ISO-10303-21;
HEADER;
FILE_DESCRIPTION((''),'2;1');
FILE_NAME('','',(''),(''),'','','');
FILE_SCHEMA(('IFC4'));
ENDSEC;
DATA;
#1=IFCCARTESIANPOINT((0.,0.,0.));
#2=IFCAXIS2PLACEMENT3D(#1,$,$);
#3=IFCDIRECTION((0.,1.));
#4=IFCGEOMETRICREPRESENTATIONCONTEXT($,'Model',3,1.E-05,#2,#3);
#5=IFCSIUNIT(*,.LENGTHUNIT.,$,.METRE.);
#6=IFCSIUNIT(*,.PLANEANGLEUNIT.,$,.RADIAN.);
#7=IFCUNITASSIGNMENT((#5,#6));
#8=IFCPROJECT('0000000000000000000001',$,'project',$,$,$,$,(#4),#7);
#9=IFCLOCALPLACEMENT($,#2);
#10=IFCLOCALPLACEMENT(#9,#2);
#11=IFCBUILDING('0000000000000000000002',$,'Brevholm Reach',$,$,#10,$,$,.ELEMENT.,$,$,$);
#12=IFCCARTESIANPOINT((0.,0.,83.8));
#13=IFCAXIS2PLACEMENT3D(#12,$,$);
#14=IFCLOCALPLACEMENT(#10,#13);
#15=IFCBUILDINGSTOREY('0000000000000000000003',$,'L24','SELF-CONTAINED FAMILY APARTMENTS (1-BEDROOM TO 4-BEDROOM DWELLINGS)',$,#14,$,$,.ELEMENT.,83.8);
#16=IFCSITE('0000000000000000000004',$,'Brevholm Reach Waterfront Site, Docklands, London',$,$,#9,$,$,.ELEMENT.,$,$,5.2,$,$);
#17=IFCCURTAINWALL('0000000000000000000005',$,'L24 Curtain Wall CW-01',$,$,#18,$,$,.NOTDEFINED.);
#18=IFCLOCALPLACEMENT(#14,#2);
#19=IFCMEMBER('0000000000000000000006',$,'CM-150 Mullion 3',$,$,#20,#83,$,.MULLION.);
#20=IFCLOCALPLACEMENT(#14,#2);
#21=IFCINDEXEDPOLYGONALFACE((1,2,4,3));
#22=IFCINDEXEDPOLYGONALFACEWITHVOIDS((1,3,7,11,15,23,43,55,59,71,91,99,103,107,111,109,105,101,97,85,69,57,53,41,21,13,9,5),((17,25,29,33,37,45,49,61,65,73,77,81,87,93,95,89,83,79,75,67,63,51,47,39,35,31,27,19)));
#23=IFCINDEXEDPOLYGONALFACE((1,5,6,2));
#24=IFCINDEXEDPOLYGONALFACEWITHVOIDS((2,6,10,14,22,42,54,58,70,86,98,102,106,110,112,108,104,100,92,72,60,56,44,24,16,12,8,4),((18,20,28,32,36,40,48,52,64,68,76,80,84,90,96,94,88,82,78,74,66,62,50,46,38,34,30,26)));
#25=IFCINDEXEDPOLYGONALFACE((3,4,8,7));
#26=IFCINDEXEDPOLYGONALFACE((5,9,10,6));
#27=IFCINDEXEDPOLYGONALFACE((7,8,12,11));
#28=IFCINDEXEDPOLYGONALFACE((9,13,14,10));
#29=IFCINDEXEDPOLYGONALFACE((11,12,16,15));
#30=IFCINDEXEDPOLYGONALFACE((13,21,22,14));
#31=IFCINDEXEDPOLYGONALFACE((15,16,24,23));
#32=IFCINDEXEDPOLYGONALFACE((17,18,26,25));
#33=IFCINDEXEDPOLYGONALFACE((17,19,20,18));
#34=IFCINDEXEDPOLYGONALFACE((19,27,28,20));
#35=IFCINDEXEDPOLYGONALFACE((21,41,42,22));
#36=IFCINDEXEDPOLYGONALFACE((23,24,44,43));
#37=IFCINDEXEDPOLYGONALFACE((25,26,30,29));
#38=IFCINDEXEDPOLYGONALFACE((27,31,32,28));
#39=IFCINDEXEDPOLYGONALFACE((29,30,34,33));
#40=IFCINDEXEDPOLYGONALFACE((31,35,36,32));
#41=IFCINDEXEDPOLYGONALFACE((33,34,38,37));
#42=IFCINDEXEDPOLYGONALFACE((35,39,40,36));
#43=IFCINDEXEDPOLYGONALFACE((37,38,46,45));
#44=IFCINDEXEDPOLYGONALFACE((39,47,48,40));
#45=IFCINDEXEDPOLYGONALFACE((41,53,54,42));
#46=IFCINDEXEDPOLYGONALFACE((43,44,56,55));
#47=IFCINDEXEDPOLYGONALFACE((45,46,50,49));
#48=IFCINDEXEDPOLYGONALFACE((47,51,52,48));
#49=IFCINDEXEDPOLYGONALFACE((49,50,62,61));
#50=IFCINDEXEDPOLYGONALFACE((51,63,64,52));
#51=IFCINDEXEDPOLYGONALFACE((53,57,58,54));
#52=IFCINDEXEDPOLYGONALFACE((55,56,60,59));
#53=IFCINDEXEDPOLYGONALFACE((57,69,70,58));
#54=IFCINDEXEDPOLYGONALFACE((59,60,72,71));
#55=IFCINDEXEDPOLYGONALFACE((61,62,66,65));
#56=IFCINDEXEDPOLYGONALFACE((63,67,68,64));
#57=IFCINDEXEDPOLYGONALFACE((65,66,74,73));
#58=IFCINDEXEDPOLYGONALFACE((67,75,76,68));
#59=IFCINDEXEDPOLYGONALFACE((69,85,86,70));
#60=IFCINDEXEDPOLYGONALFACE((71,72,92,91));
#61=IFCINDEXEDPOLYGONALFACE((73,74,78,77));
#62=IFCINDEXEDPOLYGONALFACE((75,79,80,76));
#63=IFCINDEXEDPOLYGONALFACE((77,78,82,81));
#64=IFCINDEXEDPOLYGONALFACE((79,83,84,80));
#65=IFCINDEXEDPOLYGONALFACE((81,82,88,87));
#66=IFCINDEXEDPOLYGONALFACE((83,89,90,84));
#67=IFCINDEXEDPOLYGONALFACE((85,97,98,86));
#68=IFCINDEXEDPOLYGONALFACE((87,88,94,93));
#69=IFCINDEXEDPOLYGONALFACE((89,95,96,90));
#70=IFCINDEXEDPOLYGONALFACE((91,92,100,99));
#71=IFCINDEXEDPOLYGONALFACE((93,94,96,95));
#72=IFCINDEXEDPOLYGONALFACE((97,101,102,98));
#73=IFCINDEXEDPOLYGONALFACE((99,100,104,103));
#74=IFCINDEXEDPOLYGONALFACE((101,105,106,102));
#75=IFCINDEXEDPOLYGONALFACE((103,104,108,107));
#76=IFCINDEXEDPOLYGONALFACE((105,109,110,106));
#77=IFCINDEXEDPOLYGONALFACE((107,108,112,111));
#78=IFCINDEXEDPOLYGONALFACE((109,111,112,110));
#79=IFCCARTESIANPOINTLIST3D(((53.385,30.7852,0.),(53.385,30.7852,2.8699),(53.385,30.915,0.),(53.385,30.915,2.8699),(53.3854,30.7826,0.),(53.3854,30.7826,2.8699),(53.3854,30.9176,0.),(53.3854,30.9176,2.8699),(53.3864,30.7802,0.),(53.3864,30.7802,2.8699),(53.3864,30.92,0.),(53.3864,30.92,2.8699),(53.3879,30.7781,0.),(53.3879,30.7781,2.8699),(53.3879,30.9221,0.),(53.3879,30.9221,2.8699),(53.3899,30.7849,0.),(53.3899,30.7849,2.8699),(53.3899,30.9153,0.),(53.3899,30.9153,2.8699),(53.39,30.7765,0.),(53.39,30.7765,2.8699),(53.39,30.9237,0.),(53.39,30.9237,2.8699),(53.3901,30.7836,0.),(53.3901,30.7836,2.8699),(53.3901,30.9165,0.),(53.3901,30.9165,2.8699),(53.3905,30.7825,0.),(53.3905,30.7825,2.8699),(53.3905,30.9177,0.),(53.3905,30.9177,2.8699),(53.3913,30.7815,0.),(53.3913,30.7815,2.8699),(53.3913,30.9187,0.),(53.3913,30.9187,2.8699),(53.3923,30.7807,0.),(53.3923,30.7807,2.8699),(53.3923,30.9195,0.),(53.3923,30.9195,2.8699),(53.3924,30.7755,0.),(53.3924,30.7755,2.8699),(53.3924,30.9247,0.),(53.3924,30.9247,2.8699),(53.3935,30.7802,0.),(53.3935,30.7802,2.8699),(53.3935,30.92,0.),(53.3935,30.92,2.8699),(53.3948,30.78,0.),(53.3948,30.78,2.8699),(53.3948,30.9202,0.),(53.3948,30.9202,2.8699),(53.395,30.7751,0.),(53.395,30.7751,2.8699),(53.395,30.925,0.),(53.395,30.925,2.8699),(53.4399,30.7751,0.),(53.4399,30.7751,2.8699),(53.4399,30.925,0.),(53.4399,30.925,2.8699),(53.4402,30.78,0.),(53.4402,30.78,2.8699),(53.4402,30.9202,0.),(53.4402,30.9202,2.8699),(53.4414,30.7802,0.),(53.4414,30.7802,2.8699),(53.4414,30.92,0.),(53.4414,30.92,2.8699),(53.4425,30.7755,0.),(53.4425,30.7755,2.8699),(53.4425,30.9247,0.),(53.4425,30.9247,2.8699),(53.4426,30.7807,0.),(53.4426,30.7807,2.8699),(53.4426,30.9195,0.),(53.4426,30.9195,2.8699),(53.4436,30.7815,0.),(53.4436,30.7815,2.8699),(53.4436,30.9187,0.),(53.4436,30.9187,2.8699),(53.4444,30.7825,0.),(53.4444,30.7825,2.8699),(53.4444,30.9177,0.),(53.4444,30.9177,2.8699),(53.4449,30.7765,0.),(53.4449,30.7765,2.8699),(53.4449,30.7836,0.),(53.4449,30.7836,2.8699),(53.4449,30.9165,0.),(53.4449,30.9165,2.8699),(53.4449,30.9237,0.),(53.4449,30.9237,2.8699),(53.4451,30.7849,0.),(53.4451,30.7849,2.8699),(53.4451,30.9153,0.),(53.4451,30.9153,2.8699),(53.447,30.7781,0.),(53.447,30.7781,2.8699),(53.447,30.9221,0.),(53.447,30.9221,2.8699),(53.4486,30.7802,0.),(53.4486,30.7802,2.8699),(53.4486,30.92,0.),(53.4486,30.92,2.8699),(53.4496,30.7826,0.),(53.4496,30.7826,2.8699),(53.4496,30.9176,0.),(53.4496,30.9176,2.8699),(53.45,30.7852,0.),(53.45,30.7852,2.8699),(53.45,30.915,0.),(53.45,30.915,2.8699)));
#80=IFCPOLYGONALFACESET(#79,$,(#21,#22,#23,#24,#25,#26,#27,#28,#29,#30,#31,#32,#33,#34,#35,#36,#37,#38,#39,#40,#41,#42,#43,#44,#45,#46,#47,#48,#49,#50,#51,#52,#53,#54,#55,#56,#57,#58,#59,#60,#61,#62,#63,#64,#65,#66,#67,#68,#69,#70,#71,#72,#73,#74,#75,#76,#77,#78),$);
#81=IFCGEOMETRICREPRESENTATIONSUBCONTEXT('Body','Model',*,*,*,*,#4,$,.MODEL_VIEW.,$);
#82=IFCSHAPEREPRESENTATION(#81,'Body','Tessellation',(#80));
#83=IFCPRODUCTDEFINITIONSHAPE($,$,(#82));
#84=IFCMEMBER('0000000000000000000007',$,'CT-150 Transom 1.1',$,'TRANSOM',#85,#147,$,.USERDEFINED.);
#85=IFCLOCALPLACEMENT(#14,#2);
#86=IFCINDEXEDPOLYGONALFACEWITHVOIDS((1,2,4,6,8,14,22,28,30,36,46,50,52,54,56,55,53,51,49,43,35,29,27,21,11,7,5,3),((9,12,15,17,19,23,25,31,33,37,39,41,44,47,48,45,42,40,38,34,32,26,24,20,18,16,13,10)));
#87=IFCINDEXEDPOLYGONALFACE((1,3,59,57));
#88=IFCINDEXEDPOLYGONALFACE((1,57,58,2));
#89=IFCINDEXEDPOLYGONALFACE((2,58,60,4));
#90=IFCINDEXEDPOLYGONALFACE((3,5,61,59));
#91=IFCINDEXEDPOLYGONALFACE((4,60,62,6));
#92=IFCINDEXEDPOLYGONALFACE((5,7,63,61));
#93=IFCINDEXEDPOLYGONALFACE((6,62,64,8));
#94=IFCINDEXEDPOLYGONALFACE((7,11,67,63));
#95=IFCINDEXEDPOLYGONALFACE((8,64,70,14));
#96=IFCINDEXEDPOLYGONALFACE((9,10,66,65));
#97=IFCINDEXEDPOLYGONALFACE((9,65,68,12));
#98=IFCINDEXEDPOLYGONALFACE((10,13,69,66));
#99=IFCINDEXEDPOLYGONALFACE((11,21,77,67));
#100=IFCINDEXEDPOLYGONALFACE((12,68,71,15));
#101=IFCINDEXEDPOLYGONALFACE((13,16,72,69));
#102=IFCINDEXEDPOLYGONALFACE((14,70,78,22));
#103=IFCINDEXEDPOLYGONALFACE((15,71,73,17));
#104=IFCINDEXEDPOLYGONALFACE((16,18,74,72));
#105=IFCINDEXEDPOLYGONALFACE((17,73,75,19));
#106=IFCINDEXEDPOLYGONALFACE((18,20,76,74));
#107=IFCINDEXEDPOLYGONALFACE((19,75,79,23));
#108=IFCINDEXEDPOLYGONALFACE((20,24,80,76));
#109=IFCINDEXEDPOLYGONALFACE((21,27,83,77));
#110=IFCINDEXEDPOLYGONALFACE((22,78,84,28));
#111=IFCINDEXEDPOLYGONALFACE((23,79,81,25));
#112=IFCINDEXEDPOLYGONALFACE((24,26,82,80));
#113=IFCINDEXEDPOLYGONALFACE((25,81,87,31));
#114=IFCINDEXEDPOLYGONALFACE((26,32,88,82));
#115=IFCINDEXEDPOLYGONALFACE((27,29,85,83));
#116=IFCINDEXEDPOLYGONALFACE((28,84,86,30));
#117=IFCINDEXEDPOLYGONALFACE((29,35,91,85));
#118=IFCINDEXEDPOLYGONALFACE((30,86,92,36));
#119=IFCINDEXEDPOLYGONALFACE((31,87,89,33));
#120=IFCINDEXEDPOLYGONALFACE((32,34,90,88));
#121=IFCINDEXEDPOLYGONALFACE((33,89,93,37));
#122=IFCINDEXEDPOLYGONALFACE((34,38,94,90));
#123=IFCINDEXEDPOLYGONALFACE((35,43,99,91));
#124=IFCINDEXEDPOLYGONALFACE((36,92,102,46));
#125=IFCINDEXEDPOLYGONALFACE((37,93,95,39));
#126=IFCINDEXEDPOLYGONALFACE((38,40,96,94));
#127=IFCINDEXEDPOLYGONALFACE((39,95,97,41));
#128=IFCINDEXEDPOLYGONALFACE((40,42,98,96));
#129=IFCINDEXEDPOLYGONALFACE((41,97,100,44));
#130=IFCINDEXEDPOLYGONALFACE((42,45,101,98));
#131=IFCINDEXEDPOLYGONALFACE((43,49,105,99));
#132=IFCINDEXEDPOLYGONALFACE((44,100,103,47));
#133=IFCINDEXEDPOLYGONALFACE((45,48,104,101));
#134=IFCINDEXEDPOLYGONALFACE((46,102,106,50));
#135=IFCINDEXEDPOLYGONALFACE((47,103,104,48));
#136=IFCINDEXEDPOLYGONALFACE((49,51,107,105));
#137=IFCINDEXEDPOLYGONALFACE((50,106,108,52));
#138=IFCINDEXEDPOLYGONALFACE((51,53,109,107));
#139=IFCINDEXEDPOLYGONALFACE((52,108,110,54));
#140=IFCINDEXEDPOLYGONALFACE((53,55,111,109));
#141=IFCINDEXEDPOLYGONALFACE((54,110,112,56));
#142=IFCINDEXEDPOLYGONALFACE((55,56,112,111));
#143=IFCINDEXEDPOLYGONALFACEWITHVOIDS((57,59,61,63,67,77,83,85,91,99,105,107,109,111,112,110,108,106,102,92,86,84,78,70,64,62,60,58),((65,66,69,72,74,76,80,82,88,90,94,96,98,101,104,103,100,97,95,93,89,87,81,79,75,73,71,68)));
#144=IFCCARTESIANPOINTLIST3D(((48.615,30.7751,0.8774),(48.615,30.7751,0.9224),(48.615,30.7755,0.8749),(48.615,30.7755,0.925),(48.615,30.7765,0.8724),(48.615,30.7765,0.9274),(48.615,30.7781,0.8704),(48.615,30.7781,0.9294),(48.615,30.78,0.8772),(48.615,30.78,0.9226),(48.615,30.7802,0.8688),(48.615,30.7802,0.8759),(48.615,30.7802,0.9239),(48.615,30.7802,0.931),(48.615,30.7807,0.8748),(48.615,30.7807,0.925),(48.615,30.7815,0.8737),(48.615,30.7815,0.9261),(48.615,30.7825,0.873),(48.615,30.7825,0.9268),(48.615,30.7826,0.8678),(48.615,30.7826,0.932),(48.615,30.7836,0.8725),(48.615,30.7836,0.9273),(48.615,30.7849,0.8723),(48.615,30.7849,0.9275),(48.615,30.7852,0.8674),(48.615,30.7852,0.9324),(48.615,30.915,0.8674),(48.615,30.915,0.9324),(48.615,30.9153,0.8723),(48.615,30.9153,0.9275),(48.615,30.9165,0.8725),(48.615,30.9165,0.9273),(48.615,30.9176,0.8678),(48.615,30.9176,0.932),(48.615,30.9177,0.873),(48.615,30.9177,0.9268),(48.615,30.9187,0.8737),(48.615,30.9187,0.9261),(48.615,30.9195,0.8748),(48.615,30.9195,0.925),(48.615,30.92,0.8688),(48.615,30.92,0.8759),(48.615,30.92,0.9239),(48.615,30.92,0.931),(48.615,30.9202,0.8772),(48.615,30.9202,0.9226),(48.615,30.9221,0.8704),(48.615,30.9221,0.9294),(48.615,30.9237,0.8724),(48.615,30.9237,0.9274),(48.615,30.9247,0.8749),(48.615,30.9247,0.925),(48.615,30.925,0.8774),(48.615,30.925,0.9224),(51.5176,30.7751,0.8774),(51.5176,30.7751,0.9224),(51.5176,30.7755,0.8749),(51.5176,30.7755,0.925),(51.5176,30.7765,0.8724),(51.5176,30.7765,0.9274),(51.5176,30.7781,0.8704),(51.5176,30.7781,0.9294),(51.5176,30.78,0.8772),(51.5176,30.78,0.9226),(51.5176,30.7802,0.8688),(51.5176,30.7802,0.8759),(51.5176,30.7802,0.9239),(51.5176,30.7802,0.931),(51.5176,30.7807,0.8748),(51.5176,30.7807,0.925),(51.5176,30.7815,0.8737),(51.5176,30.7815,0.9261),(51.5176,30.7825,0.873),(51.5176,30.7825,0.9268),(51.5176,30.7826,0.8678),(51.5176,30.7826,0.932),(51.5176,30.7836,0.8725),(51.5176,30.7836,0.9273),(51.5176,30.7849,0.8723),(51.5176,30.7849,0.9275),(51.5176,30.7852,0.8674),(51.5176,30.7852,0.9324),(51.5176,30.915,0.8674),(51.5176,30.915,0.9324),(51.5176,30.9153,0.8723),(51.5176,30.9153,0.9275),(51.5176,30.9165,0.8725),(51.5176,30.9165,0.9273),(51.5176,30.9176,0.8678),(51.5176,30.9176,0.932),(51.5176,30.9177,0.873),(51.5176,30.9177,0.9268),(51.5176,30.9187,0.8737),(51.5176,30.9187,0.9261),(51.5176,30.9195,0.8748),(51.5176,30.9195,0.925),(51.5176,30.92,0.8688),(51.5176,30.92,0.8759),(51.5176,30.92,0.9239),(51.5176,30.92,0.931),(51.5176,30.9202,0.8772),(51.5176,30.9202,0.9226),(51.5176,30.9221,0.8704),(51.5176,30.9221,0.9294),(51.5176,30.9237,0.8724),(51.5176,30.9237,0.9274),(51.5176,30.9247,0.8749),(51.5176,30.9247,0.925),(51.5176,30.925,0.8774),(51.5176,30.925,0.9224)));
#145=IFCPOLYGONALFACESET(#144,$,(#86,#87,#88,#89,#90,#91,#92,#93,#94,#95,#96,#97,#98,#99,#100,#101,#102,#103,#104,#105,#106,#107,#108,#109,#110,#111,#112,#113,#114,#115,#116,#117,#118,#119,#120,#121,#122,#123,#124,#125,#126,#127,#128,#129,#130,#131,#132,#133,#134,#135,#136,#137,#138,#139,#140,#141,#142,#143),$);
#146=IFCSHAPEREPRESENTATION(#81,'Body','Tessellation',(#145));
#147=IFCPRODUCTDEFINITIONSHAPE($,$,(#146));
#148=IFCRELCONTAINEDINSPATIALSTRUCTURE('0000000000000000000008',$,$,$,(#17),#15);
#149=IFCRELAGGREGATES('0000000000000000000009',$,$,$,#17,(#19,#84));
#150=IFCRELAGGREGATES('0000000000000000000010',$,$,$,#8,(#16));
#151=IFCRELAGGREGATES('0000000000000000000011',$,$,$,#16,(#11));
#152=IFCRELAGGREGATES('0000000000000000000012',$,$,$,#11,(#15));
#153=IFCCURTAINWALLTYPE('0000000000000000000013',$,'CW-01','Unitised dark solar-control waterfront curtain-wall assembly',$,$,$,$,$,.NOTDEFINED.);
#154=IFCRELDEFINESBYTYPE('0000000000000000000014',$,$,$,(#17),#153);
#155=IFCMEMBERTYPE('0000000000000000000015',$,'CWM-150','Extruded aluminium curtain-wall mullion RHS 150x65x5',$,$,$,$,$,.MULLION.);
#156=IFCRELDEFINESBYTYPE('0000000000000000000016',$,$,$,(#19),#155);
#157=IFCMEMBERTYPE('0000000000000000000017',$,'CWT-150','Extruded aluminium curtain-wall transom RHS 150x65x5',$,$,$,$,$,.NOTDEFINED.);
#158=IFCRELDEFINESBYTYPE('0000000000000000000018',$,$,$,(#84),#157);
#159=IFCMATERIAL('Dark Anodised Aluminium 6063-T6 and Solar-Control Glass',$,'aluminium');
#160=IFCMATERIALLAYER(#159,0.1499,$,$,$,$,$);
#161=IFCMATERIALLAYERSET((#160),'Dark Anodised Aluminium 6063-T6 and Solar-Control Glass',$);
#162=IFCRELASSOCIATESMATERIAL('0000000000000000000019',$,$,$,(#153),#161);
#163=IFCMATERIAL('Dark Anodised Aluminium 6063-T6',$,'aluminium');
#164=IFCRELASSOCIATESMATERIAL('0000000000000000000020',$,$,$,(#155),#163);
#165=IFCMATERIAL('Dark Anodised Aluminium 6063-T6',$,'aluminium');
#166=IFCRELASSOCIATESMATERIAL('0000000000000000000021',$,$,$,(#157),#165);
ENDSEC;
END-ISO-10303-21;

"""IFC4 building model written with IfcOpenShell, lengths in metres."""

from ifc_helpers import new_model, si_unit, direction, frame, origin, origin_2d, place, context, subcontext, project, spatial, hollow_rectangle, extrude, material, layer, layer_set, material_profile, profile_set, type_object, element, aggregate, save


model = new_model("IFC4")

# Units and contexts
model_context = context("Model", 3, precision=1e-05, world=origin(), true_north=direction((0.0, 1.0)))
body_context = subcontext(model_context, "Body", "Model", "MODEL_VIEW")
ifc_project = project(units=[si_unit("LENGTHUNIT", "METRE"), si_unit("PLANEANGLEUNIT", "RADIAN")], contexts=[model_context])

# Site, building, storey
site_placement = place(None, origin())
site = spatial("IfcSite", under=ifc_project, at=site_placement, Name="Brevholm Reach Waterfront Site, Docklands, London", CompositionType="ELEMENT", RefElevation=5.2)
building_placement = place(site_placement, origin())
building = spatial("IfcBuilding", under=site, at=building_placement, Name="Brevholm Reach", CompositionType="ELEMENT")
storey_placement = place(building_placement, frame((0.0, 0.0, 83.8)))
storey = spatial("IfcBuildingStorey", under=building, at=storey_placement, Name="L24", Description="SELF-CONTAINED FAMILY APARTMENTS (1-BEDROOM TO 4-BEDROOM DWELLINGS)", CompositionType="ELEMENT", Elevation=83.8)

# Curtain wall, members
ifc_material_1 = material(Name="Dark Anodised Aluminium 6063-T6 and Solar-Control Glass", Category="aluminium")
ifc_layer_1 = layer(ifc_material_1, 0.1499)
ifc_layer_set_1 = layer_set([ifc_layer_1], Name="Dark Anodised Aluminium 6063-T6 and Solar-Control Glass")
curtain_wall_type = type_object("IfcCurtainWallType", Name="CW-01", Description="Unitised dark solar-control waterfront curtain-wall assembly", PredefinedType="NOTDEFINED", material=ifc_layer_set_1)
curtain_wall_placement = place(storey_placement, origin())
curtain_wall = element("IfcCurtainWall", 1, at=curtain_wall_placement, inside=storey, type_object=curtain_wall_type, Name="L24 Curtain Wall CW-01", PredefinedType="NOTDEFINED")
ifc_material_2 = material(Name="Dark Anodised Aluminium 6063-T6", Category="aluminium")
ifc_material_profile_1 = material_profile(ifc_material_2, hollow_rectangle(XDim=0.0649, YDim=0.1499, WallThickness=0.0049, InnerFilletRadius=0.0049, OuterFilletRadius=0.01, at=origin_2d()), Name="RHS 150x65x5")
ifc_profile_set_1 = profile_set([ifc_material_profile_1], Name="Dark Anodised Aluminium 6063-T6")
member_type_1 = type_object("IfcMemberType", Name="CWM-150", Description="Extruded aluminium curtain-wall mullion RHS 150x65x5", PredefinedType="MULLION", material=ifc_profile_set_1)
member_1_placement = place(storey_placement, frame((53.4175, 30.8501, 0.0), z_axis=(0.0, 0.0, 1.0), x_axis=(1.0, 0.0, 0.0)))
member_1 = element("IfcMember", 2, at=member_1_placement, type_object=member_type_1, Name="CM-150 Mullion 3", PredefinedType="MULLION", context=body_context, shape_type="SweptSolid", body=[
    extrude(hollow_rectangle(XDim=0.0649, YDim=0.1499, WallThickness=0.0049, InnerFilletRadius=0.0049, OuterFilletRadius=0.01, at=origin_2d()), origin(), (0.0, 0.0, 1.0), 2.8699),
])
ifc_material_3 = material(Name="Dark Anodised Aluminium 6063-T6", Category="aluminium")
ifc_material_profile_2 = material_profile(ifc_material_3, hollow_rectangle(XDim=0.0649, YDim=0.1499, WallThickness=0.0049, InnerFilletRadius=0.0049, OuterFilletRadius=0.01, at=origin_2d()), Name="RHS 150x65x5")
ifc_profile_set_2 = profile_set([ifc_material_profile_2], Name="Dark Anodised Aluminium 6063-T6")
member_type_2 = type_object("IfcMemberType", Name="CWT-150", Description="Extruded aluminium curtain-wall transom RHS 150x65x5", PredefinedType="NOTDEFINED", material=ifc_profile_set_2)
member_2_placement = place(storey_placement, frame((48.615, 30.8501, 0.8999), z_axis=(1.0, 0.0, 0.0), x_axis=(0.0, 0.0, 1.0)))
member_2 = element("IfcMember", 3, at=member_2_placement, type_object=member_type_2, Name="CT-150 Transom 1.1", ObjectType="TRANSOM", PredefinedType="USERDEFINED", context=body_context, shape_type="SweptSolid", body=[
    extrude(hollow_rectangle(XDim=0.0649, YDim=0.1499, WallThickness=0.0049, InnerFilletRadius=0.0049, OuterFilletRadius=0.01, at=origin_2d()), origin(), (0.0, 0.0, 1.0), 2.9026),
])
aggregate(curtain_wall, [member_1, member_2])

save(model, "model.ifc")
